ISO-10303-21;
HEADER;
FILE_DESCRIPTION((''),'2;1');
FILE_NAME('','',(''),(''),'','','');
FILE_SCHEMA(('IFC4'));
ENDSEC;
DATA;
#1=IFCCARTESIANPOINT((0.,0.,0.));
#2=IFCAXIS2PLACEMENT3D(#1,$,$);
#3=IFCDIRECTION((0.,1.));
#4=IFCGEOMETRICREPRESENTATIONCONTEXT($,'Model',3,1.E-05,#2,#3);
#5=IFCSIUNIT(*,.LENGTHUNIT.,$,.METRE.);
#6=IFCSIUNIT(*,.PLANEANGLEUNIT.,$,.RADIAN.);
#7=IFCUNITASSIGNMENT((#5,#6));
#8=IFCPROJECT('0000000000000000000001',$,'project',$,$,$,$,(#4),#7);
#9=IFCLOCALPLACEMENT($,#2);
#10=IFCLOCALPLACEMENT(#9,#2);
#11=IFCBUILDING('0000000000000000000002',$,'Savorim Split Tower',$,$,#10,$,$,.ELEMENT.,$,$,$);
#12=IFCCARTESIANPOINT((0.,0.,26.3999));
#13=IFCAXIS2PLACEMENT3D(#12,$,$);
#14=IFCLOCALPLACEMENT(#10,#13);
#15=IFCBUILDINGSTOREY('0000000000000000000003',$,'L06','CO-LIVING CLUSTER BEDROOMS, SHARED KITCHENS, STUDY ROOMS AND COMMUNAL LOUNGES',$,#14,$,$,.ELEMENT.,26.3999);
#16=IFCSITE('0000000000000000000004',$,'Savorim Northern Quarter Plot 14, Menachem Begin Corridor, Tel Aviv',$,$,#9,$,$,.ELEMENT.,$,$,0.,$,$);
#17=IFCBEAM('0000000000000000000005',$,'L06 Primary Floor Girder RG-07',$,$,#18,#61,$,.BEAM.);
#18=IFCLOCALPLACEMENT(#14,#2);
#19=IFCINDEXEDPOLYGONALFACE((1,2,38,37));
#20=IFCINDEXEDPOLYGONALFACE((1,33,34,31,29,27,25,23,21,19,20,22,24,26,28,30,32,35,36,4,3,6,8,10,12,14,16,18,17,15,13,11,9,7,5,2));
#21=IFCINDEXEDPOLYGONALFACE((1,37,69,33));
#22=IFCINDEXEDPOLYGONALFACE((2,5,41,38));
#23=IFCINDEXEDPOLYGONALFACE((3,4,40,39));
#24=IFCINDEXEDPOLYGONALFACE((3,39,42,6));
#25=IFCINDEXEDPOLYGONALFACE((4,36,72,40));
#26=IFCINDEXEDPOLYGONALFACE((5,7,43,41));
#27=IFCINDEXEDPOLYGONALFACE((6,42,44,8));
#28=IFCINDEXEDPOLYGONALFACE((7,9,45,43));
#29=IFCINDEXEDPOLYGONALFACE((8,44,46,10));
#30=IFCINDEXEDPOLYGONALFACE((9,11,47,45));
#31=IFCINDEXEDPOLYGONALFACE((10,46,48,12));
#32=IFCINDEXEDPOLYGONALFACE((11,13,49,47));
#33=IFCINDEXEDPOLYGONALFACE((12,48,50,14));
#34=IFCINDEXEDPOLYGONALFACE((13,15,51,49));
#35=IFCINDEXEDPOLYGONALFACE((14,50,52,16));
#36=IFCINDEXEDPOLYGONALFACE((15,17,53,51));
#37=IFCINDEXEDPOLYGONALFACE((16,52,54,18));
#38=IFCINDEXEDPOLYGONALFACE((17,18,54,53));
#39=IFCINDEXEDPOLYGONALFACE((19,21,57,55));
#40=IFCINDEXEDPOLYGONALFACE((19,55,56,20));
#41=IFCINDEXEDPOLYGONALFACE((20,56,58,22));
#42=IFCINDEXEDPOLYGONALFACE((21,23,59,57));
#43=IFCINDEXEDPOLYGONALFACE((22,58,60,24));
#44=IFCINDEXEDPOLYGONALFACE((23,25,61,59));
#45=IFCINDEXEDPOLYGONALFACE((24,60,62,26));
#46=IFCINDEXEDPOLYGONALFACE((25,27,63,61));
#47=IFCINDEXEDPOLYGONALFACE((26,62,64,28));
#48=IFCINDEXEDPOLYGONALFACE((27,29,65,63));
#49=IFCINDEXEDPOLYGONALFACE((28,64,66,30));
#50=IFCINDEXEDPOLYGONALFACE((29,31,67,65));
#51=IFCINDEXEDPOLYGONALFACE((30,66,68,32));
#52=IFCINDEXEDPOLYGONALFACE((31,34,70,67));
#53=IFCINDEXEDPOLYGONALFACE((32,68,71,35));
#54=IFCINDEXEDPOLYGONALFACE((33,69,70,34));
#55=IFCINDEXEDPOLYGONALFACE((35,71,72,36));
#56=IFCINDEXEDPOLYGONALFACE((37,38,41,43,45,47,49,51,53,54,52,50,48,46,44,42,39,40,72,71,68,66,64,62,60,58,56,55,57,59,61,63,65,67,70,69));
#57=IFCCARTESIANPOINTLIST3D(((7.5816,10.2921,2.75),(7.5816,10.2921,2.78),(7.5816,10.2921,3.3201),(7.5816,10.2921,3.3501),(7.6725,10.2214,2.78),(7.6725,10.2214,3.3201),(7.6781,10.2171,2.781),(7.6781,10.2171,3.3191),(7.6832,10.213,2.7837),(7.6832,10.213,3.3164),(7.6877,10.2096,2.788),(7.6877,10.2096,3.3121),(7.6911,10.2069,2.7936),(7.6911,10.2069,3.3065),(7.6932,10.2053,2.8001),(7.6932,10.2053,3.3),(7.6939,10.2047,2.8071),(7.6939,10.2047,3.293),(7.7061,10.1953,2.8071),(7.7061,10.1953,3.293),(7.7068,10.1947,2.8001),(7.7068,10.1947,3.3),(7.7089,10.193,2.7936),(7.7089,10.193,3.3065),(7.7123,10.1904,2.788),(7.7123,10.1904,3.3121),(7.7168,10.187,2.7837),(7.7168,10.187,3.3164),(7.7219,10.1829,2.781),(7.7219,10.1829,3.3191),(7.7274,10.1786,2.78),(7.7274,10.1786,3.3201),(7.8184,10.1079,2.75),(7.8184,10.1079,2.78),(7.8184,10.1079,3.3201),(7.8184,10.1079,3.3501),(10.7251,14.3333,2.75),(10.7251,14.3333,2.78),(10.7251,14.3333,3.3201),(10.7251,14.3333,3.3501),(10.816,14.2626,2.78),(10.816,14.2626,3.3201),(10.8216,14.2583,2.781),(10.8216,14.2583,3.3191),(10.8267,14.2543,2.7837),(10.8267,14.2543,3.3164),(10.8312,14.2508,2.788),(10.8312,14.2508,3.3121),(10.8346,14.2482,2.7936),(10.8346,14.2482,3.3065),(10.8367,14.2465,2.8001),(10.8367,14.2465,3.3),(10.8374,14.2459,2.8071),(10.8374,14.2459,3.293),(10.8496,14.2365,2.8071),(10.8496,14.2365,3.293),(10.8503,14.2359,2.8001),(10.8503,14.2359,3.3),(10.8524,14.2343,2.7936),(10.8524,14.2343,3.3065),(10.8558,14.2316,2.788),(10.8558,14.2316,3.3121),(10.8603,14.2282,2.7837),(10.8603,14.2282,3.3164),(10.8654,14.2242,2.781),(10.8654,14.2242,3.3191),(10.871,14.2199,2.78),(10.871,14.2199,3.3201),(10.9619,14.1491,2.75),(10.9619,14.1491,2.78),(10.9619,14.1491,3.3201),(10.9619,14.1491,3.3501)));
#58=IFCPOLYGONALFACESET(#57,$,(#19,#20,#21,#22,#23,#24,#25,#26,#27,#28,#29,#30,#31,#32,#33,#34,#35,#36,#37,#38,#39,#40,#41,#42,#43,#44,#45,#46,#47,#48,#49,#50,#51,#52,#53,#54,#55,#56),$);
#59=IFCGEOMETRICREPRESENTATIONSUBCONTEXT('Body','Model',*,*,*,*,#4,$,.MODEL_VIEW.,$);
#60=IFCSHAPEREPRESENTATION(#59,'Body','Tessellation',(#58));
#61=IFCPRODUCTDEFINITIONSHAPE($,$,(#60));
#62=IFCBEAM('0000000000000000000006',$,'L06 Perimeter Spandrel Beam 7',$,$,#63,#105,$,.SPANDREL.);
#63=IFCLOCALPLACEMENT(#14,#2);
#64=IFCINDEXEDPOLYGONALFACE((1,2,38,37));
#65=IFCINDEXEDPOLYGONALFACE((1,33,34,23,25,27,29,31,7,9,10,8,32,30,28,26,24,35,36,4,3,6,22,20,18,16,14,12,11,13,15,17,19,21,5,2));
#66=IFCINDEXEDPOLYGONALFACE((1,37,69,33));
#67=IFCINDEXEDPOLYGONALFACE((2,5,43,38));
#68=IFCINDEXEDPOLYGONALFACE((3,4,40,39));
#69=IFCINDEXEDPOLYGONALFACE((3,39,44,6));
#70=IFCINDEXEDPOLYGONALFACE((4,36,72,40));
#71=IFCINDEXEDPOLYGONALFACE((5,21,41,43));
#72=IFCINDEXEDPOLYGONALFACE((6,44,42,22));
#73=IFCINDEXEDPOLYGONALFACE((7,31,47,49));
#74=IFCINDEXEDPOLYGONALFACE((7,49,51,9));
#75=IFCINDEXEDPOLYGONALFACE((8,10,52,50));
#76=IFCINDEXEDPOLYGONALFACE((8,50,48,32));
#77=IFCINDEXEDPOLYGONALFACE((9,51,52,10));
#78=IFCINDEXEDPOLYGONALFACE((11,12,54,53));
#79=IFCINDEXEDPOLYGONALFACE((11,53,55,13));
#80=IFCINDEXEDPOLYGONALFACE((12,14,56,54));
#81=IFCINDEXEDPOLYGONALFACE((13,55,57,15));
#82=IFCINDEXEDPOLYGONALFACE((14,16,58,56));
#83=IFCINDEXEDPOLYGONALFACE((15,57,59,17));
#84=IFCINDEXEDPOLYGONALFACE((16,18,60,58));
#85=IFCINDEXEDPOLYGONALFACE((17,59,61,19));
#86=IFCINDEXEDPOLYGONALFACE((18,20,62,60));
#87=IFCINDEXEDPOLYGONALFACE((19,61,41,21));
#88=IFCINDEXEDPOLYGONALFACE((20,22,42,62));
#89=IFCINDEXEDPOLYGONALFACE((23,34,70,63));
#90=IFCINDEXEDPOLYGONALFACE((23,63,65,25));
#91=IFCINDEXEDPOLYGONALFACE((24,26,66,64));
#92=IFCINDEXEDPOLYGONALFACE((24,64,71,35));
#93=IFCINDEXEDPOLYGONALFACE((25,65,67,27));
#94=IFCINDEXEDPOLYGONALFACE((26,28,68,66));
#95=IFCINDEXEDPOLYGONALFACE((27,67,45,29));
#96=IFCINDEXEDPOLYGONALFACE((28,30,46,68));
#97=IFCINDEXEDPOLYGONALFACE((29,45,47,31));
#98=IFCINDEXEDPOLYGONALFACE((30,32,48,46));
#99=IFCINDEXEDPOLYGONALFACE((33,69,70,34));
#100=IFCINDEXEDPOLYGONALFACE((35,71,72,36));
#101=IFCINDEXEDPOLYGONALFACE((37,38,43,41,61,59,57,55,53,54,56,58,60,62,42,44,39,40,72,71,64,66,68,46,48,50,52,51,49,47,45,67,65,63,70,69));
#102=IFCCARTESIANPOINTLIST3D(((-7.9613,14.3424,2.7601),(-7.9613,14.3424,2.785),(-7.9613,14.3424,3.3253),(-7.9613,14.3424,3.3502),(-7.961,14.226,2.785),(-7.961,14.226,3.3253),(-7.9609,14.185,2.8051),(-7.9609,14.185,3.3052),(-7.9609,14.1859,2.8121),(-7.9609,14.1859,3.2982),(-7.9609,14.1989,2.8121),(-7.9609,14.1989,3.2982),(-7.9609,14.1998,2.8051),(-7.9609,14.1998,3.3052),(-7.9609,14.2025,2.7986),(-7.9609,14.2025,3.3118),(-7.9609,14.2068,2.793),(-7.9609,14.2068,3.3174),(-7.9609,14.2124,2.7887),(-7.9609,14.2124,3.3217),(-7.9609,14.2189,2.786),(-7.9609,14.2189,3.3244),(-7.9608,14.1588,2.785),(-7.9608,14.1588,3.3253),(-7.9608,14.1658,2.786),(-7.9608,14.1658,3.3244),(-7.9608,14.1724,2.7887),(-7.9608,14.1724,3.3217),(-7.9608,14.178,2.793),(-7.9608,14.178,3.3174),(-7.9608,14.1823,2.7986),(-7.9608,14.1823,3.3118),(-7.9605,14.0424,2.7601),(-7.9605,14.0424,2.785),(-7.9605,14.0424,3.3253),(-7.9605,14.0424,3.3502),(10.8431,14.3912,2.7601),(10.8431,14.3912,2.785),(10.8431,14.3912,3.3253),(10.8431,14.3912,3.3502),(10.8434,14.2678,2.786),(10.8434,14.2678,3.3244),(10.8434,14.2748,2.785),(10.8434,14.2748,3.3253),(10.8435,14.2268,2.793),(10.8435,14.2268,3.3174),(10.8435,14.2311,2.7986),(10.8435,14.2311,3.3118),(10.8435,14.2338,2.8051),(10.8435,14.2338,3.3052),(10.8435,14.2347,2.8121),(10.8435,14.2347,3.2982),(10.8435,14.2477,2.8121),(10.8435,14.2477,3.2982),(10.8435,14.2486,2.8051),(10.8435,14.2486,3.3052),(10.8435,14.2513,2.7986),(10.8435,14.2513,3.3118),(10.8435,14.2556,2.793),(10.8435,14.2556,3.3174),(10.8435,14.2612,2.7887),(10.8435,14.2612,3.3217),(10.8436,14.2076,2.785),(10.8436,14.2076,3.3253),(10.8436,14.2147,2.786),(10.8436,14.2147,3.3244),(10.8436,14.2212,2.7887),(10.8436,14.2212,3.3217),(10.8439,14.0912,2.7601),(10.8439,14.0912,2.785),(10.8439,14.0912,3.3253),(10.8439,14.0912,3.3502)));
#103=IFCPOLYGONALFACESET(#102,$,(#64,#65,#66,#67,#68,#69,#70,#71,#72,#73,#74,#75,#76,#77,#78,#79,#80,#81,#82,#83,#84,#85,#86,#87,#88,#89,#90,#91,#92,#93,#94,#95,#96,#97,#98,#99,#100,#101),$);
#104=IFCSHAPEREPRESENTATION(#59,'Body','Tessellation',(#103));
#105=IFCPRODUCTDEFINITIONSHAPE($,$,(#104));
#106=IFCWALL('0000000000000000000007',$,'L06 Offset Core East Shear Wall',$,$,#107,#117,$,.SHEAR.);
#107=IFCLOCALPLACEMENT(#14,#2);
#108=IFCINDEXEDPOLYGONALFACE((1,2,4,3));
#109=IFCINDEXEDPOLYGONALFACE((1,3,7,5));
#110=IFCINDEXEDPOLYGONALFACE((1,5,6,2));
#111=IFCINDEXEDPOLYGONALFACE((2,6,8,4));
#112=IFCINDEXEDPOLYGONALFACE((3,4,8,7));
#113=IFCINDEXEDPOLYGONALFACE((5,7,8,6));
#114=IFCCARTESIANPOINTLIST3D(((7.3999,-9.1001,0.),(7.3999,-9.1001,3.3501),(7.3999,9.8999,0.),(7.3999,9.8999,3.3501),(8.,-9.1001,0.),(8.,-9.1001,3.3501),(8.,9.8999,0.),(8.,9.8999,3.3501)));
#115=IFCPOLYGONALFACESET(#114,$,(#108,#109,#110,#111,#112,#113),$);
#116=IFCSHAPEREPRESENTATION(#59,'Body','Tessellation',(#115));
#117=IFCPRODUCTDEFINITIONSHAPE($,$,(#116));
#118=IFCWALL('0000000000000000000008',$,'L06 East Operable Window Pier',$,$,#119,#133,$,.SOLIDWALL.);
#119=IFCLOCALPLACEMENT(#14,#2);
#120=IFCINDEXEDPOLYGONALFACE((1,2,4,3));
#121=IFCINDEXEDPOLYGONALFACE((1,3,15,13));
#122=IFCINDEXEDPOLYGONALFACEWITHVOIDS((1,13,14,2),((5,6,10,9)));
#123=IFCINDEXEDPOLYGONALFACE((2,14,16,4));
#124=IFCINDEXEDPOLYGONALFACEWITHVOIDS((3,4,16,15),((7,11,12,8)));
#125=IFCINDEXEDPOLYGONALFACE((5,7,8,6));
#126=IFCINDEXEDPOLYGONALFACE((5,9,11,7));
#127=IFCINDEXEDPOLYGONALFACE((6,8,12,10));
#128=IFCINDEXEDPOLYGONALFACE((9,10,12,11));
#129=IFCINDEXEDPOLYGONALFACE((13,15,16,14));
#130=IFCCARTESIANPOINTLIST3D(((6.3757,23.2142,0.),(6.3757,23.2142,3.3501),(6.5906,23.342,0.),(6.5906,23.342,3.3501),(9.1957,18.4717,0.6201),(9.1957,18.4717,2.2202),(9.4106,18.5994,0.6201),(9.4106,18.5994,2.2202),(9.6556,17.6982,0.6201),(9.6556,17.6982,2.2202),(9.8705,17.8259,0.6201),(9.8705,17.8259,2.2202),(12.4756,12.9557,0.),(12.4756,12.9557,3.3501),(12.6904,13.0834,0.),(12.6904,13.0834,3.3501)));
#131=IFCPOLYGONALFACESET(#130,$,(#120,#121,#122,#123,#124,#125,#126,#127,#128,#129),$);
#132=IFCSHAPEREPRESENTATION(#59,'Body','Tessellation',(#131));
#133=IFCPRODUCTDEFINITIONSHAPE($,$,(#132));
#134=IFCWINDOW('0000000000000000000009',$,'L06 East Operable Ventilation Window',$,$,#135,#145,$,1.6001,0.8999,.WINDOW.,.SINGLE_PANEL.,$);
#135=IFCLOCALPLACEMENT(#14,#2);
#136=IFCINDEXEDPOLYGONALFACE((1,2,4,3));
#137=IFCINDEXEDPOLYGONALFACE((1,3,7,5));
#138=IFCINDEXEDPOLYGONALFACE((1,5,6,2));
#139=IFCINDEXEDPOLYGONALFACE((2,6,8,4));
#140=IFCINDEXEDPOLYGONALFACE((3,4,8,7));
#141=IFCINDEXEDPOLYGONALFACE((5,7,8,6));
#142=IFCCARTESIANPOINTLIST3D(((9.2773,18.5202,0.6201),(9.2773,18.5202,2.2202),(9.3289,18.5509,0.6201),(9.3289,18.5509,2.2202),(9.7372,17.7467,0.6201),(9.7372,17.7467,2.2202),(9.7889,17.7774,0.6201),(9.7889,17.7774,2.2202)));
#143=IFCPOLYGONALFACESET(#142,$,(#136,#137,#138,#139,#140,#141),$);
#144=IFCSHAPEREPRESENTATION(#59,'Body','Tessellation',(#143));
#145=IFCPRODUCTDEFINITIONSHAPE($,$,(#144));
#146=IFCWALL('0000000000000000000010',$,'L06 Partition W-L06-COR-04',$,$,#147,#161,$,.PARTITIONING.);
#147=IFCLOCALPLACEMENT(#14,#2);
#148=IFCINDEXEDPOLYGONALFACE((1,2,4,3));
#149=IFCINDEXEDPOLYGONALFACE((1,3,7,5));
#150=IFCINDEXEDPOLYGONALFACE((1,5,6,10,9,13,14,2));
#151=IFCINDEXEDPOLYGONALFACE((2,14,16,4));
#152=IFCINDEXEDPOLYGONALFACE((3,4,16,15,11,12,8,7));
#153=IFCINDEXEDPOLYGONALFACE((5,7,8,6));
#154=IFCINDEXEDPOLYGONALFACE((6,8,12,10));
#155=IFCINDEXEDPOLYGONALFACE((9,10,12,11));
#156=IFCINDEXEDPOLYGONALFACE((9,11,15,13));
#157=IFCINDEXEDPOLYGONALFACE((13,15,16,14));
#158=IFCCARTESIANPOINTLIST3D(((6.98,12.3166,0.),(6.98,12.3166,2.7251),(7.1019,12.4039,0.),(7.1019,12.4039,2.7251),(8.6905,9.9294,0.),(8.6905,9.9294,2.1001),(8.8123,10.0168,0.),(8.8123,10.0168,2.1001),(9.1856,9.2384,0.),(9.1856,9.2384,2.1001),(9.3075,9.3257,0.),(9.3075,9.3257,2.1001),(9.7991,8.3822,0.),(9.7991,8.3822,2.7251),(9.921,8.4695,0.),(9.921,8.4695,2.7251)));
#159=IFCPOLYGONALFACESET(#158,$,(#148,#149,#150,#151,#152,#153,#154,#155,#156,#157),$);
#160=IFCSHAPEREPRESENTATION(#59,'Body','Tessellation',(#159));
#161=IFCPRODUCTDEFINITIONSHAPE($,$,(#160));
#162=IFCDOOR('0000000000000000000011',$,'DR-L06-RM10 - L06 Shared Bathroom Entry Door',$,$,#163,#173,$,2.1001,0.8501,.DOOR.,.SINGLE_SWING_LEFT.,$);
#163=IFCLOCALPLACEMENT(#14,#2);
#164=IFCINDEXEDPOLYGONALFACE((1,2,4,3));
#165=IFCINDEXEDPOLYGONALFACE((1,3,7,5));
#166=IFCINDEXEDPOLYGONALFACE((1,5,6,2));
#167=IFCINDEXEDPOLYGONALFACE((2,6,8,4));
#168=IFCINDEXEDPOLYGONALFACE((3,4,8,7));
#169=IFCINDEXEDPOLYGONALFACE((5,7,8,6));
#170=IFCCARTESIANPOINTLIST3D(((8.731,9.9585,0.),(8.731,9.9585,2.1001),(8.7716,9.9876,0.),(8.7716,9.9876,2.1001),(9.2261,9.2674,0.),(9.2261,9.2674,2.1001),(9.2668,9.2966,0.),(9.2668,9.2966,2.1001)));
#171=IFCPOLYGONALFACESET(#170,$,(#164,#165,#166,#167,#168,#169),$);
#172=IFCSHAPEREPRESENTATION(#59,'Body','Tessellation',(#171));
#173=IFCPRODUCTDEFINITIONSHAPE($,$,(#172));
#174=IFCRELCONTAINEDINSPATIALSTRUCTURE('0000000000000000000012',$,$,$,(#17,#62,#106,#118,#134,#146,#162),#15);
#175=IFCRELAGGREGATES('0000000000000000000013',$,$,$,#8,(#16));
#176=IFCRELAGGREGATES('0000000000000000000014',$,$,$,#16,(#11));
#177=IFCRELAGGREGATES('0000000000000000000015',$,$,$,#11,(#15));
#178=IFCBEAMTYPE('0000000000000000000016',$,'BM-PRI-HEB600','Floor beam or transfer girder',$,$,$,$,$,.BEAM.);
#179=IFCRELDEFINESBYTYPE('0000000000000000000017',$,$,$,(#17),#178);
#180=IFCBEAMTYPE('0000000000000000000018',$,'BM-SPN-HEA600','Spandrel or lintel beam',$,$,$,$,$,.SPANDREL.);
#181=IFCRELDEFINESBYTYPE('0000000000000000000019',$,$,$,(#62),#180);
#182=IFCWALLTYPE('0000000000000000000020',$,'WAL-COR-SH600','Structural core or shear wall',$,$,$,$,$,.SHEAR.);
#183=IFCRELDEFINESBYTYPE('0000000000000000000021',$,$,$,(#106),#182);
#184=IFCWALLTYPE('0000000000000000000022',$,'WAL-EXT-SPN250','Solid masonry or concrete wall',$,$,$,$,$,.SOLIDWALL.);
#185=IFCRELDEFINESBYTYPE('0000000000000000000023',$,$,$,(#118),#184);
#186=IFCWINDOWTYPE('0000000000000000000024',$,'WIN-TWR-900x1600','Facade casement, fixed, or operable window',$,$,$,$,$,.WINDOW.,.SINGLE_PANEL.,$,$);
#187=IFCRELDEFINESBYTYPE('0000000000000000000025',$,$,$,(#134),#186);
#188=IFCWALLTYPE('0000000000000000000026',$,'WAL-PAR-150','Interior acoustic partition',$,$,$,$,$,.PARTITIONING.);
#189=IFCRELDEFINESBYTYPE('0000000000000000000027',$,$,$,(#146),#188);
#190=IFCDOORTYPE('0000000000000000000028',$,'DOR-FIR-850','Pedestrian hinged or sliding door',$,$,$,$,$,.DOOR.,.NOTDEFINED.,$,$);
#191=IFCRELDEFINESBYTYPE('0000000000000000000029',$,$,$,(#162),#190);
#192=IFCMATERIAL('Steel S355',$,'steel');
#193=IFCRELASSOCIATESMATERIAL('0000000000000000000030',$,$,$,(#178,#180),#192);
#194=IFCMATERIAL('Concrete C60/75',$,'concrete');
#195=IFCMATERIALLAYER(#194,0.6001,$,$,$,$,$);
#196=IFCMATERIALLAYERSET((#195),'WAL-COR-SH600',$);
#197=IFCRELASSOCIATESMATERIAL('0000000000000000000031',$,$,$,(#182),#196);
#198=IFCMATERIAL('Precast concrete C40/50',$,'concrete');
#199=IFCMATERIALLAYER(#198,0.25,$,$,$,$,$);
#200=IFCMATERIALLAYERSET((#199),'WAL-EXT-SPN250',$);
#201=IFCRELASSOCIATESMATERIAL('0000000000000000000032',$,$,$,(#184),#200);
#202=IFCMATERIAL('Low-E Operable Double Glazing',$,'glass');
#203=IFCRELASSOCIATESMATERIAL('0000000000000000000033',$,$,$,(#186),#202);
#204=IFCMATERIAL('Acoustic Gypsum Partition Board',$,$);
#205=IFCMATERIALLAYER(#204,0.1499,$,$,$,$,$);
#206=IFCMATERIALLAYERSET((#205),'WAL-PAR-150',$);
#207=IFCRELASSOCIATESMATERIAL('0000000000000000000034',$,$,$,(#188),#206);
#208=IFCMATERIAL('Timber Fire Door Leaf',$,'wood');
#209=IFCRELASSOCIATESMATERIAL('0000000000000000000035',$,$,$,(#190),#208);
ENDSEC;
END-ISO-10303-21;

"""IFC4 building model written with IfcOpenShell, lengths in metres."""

from ifc_helpers import new_model, si_unit, direction, frame, frame_2d, origin, origin_2d, place, context, subcontext, project, spatial, rectangle, i_section, extrude, material, layer, layer_set, material_profile, profile_set, type_object, element, fill, save


model = new_model("IFC4")

# Units and contexts
model_context = context("Model", 3, precision=1e-05, world=origin(), true_north=direction((0.0, 1.0)))
body_context = subcontext(model_context, "Body", "Model", "MODEL_VIEW")
ifc_project = project(units=[si_unit("LENGTHUNIT", "METRE"), si_unit("PLANEANGLEUNIT", "RADIAN")], contexts=[model_context])

# Site, building, storey
site_placement = place(None, origin())
site = spatial("IfcSite", under=ifc_project, at=site_placement, Name="Savorim Northern Quarter Plot 14, Menachem Begin Corridor, Tel Aviv", CompositionType="ELEMENT", RefElevation=0.0)
building_placement = place(site_placement, origin())
building = spatial("IfcBuilding", under=site, at=building_placement, Name="Savorim Split Tower", CompositionType="ELEMENT")
storey_placement = place(building_placement, frame((0.0, 0.0, 26.3999)))
storey = spatial("IfcBuildingStorey", under=building, at=storey_placement, Name="L06", Description="CO-LIVING CLUSTER BEDROOMS, SHARED KITCHENS, STUDY ROOMS AND COMMUNAL LOUNGES", CompositionType="ELEMENT", Elevation=26.3999)

# Beams
ifc_material_1 = material(Name="Steel S355", Category="steel")
ifc_material_profile_1 = material_profile(ifc_material_1, i_section(OverallWidth=0.3, OverallDepth=0.6001, WebThickness=0.0154, FlangeThickness=0.03, FilletRadius=0.0271, at=origin_2d()), Name="HEB 600")
ifc_profile_set_1 = profile_set([ifc_material_profile_1], Name="Steel S355")
beam_type_1 = type_object("IfcBeamType", Name="BM-PRI-HEB600", Description="Floor beam or transfer girder", PredefinedType="BEAM", material=ifc_profile_set_1)
beam_1_placement = place(storey_placement, frame((10.8435, 14.2412, 3.05), z_axis=(-0.613984, -0.789319, 0.0), x_axis=(0.789319, -0.613984, 0.0)))
element("IfcBeam", 1, at=beam_1_placement, inside=storey, type_object=beam_type_1, Name="L06 Primary Floor Girder RG-07", PredefinedType="BEAM", context=body_context, shape_type="SweptSolid", body=[
    extrude(i_section(OverallWidth=0.3, OverallDepth=0.6001, WebThickness=0.0154, FlangeThickness=0.03, FilletRadius=0.0271, at=origin_2d()), origin(), (0.0, 0.0, 1.0), 5.1199),
])
ifc_material_profile_2 = material_profile(ifc_material_1, i_section(OverallWidth=0.3, OverallDepth=0.5901, WebThickness=0.0129, FlangeThickness=0.0249, FilletRadius=0.0271, at=origin_2d()), Name="HEA 600")
ifc_profile_set_2 = profile_set([ifc_material_profile_2], Name="Steel S355")
beam_type_2 = type_object("IfcBeamType", Name="BM-SPN-HEA600", Description="Spandrel or lintel beam", PredefinedType="SPANDREL", material=ifc_profile_set_2)
beam_2_placement = place(storey_placement, frame((10.8435, 14.2412, 3.0552), z_axis=(-0.999997, -0.002597, 0.0), x_axis=(0.002597, -0.999997, 0.0)))
element("IfcBeam", 2, at=beam_2_placement, inside=storey, type_object=beam_type_2, Name="L06 Perimeter Spandrel Beam 7", PredefinedType="SPANDREL", context=body_context, shape_type="SweptSolid", body=[
    extrude(i_section(OverallWidth=0.3, OverallDepth=0.5901, WebThickness=0.0129, FlangeThickness=0.0249, FilletRadius=0.0271, at=origin_2d()), origin(), (0.0, 0.0, 1.0), 18.8044),
])

# Shared definitions
ifc_material_2 = material(Name="Concrete C60/75", Category="concrete")
ifc_layer_1 = layer(ifc_material_2, 0.6001)
ifc_layer_set_1 = layer_set([ifc_layer_1], Name="WAL-COR-SH600")
wall_type_1 = type_object("IfcWallType", Name="WAL-COR-SH600", Description="Structural core or shear wall", PredefinedType="SHEAR", material=ifc_layer_set_1)
ifc_material_3 = material(Name="Timber Fire Door Leaf", Category="wood")

# Wall
wall_1_placement = place(storey_placement, frame((7.7, 9.8999, 0.0), z_axis=(0.0, 0.0, 1.0), x_axis=(0.0, -1.0, 0.0)))
element("IfcWall", 3, at=wall_1_placement, inside=storey, type_object=wall_type_1, Name="L06 Offset Core East Shear Wall", PredefinedType="SHEAR", context=body_context, shape_type="SweptSolid", body=[
    extrude(rectangle(XDim=19.0, YDim=0.6001, at=frame_2d((9.5, 0.0))), origin(), (0.0, 0.0, 1.0), 3.3501),
])

# Wall, opening, window
ifc_material_4 = material(Name="Precast concrete C40/50", Category="concrete")
ifc_layer_2 = layer(ifc_material_4, 0.25)
ifc_layer_set_2 = layer_set([ifc_layer_2], Name="WAL-EXT-SPN250")
wall_type_2 = type_object("IfcWallType", Name="WAL-EXT-SPN250", Description="Solid masonry or concrete wall", PredefinedType="SOLIDWALL", material=ifc_layer_set_2)
wall_2_placement = place(storey_placement, frame((6.4832, 23.2781, 0.0), z_axis=(0.0, 0.0, 1.0), x_axis=(0.511086, -0.859529, 0.0)))
wall_2 = element("IfcWall", 4, at=wall_2_placement, inside=storey, type_object=wall_type_2, Name="L06 East Operable Window Pier", PredefinedType="SOLIDWALL", context=body_context, shape_type="SweptSolid", body=[
    extrude(rectangle(XDim=11.9351, YDim=0.25, at=frame_2d((5.9675, 0.0))), origin(), (0.0, 0.0, 1.0), 3.3501),
])
opening_1_placement = place(wall_2_placement, frame((5.5176, 0.0, 0.6201)))
opening_1 = element("IfcOpeningElement", 5, at=opening_1_placement, cuts=wall_2, PredefinedType="OPENING", context=body_context, shape_type="SweptSolid", body=[
    extrude(rectangle(XDim=0.8999, YDim=1.6001, at=frame_2d((0.45, 0.8))), frame((0.0, 0.135, 0.0), z_axis=(0.0, -1.0, 0.0), x_axis=(1.0, 0.0, 0.0)), (0.0, 0.0, 1.0), 0.27),
])
ifc_material_5 = material(Name="Low-E Operable Double Glazing", Category="glass")
window_type = type_object("IfcWindowType", Name="WIN-TWR-900x1600", Description="Facade casement, fixed, or operable window", PartitioningType="SINGLE_PANEL", PredefinedType="WINDOW", material=ifc_material_5)
window_placement = place(opening_1_placement, origin())
window = element("IfcWindow", 6, at=window_placement, inside=storey, type_object=window_type, Name="L06 East Operable Ventilation Window", OverallHeight=1.6001, OverallWidth=0.8999, PartitioningType="SINGLE_PANEL", PredefinedType="WINDOW", context=body_context, shape_type="SweptSolid", body=[
    extrude(rectangle(XDim=0.8999, YDim=1.6001, at=frame_2d((0.45, 0.8))), frame((0.0, 0.03, 0.0), z_axis=(0.0, -1.0, 0.0), x_axis=(1.0, 0.0, 0.0)), (0.0, 0.0, 1.0), 0.0601),
])
fill(opening_1, window)

# Wall, opening, door
ifc_material_6 = material(Name="Acoustic Gypsum Partition Board")
ifc_layer_3 = layer(ifc_material_6, 0.1499)
ifc_layer_set_3 = layer_set([ifc_layer_3], Name="WAL-PAR-150")
wall_type_3 = type_object("IfcWallType", Name="WAL-PAR-150", Description="Interior acoustic partition", PredefinedType="PARTITIONING", material=ifc_layer_set_3)
wall_3_placement = place(storey_placement, frame((7.041, 12.3601, 0.0), z_axis=(0.0, 0.0, 1.0), x_axis=(0.58245, -0.812867, 0.0)))
wall_3 = element("IfcWall", 7, at=wall_3_placement, inside=storey, type_object=wall_type_3, Name="L06 Partition W-L06-COR-04", PredefinedType="PARTITIONING", context=body_context, shape_type="SweptSolid", body=[
    extrude(rectangle(XDim=4.8401, YDim=0.1499, at=frame_2d((2.4199, 0.0))), origin(), (0.0, 0.0, 1.0), 2.7251),
])
opening_2_placement = place(wall_3_placement, frame((2.9365, 0.0, 0.0)))
opening_2 = element("IfcOpeningElement", 8, at=opening_2_placement, cuts=wall_3, PredefinedType="OPENING", context=body_context, shape_type="SweptSolid", body=[
    extrude(rectangle(XDim=0.8501, YDim=2.1001, at=frame_2d((0.425, 1.05))), frame((0.0, 0.085, 0.0), z_axis=(0.0, -1.0, 0.0), x_axis=(1.0, 0.0, 0.0)), (0.0, 0.0, 1.0), 0.1699),
])
door_type_1 = type_object("IfcDoorType", Name="DOR-FIR-850", Description="Pedestrian hinged or sliding door", OperationType="NOTDEFINED", PredefinedType="DOOR", material=ifc_material_3)
door_1_placement = place(opening_2_placement, origin())
door_1 = element("IfcDoor", 9, at=door_1_placement, inside=storey, type_object=door_type_1, Name="DR-L06-RM10 - L06 Shared Bathroom Entry Door", OperationType="SINGLE_SWING_LEFT", OverallHeight=2.1001, OverallWidth=0.8501, PredefinedType="DOOR", context=body_context, shape_type="SweptSolid", body=[
    extrude(rectangle(XDim=0.8501, YDim=2.1001, at=frame_2d((0.425, 1.05))), frame((0.0, 0.0249, 0.0), z_axis=(0.0, -1.0, 0.0), x_axis=(1.0, 0.0, 0.0)), (0.0, 0.0, 1.0), 0.05),
])
fill(opening_2, door_1)

save(model, "model.ifc")
